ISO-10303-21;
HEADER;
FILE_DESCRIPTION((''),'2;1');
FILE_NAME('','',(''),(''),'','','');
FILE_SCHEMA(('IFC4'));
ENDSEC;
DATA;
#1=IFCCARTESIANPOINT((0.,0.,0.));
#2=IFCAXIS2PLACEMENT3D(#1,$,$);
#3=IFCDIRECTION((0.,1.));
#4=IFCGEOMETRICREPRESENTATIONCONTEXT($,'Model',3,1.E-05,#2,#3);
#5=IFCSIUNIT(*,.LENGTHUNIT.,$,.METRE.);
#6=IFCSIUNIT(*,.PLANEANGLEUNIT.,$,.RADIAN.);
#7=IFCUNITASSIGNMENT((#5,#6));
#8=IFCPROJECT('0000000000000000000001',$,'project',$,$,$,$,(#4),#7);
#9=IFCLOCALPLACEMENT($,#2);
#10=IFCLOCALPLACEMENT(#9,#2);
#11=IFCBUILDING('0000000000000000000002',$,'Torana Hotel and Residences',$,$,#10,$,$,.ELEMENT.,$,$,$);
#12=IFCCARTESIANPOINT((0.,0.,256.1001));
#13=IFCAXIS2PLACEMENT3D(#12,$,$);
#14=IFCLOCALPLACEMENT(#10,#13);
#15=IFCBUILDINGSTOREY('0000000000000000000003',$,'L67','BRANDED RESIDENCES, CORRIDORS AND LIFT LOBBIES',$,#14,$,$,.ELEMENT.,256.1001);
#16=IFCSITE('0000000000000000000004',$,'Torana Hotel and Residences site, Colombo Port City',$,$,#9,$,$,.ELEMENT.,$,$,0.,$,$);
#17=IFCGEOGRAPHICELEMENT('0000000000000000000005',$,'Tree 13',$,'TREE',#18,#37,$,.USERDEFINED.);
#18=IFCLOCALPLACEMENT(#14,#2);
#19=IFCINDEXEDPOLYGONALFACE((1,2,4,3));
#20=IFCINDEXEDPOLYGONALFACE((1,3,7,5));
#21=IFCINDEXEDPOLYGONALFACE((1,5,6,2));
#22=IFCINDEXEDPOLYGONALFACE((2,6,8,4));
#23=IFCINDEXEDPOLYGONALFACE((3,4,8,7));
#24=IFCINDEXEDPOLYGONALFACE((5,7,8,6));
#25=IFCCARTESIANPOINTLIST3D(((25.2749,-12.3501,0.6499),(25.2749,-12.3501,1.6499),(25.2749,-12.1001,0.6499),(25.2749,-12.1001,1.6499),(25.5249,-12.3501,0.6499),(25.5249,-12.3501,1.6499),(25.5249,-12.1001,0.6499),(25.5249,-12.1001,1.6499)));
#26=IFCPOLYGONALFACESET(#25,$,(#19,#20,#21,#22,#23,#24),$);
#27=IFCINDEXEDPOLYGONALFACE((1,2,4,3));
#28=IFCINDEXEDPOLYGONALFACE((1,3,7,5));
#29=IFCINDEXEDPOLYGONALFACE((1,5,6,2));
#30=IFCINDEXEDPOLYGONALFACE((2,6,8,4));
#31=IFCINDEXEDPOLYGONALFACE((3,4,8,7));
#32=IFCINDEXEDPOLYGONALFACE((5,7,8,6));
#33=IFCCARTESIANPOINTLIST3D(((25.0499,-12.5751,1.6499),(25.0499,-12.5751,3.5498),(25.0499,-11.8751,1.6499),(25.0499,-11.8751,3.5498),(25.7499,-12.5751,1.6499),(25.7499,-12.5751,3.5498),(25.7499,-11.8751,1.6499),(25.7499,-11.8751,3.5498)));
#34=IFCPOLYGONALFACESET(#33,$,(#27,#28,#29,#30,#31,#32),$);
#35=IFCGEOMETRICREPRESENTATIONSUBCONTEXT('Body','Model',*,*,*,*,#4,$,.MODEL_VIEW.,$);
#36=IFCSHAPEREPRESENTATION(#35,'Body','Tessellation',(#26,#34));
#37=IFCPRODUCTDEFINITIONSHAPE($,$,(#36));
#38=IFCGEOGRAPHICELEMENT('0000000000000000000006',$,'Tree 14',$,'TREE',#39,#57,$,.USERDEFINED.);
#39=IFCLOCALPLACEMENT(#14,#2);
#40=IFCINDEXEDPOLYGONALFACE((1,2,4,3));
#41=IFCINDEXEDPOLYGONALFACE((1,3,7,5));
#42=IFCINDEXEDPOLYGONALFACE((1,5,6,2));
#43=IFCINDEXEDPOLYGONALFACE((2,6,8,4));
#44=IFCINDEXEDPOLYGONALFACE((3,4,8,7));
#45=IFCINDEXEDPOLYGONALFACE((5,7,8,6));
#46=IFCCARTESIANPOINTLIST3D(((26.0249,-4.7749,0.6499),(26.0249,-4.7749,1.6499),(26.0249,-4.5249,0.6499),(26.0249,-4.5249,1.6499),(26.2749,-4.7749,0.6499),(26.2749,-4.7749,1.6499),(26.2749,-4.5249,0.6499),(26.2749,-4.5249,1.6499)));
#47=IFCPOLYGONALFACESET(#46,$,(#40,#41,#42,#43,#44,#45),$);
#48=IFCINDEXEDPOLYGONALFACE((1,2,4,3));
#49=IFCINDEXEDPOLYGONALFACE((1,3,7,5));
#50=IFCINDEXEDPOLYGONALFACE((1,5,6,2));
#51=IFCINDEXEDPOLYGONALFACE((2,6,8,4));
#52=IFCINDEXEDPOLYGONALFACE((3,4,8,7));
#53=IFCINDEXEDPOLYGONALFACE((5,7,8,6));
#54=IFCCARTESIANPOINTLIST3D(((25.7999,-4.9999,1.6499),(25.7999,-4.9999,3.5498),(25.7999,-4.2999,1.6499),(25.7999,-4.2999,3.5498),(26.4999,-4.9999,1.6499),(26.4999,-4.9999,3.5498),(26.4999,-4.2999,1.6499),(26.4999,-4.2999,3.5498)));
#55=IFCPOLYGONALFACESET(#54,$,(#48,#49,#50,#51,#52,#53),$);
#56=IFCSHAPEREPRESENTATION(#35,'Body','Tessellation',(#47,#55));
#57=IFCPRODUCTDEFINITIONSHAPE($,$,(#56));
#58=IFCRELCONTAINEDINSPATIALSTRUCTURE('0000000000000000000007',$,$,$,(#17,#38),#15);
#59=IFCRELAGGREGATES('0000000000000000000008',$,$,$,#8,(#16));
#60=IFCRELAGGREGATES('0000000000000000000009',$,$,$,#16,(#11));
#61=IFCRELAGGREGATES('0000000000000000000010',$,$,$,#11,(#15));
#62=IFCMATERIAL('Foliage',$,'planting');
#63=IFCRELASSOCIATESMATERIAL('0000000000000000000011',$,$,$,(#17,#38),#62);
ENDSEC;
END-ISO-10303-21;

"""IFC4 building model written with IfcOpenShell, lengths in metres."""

from ifc_helpers import new_model, si_unit, direction, frame, origin, origin_2d, place, context, subcontext, project, spatial, rectangle, extrude, material, element, save


model = new_model("IFC4")

# Units and contexts
model_context = context("Model", 3, precision=1e-05, world=origin(), true_north=direction((0.0, 1.0)))
body_context = subcontext(model_context, "Body", "Model", "MODEL_VIEW")
ifc_project = project(units=[si_unit("LENGTHUNIT", "METRE"), si_unit("PLANEANGLEUNIT", "RADIAN")], contexts=[model_context])

# Site, building, storey
site_placement = place(None, origin())
site = spatial("IfcSite", under=ifc_project, at=site_placement, Name="Torana Hotel and Residences site, Colombo Port City", CompositionType="ELEMENT", RefElevation=0.0)
building_placement = place(site_placement, origin())
building = spatial("IfcBuilding", under=site, at=building_placement, Name="Torana Hotel and Residences", CompositionType="ELEMENT")
storey_placement = place(building_placement, frame((0.0, 0.0, 256.1001)))
storey = spatial("IfcBuildingStorey", under=building, at=storey_placement, Name="L67", Description="BRANDED RESIDENCES, CORRIDORS AND LIFT LOBBIES", CompositionType="ELEMENT", Elevation=256.1001)

# Geographic elements
ifc_material_1 = material(Name="Foliage", Category="planting")
for number, where, z_axis, x_axis, name in (
    (1, (25.3999, -12.2251, 0.6499), (0.0, 0.0, 1.0), (1.0, 0.0, 0.0), "Tree 13"),
    (2, (26.1499, -4.6499, 0.6499), (0.0, 0.0, 1.0), (1.0, 0.0, 0.0), "Tree 14"),
):
    element("IfcGeographicElement", number, at=place(storey_placement, frame(where, z_axis=z_axis, x_axis=x_axis)), inside=storey, material=ifc_material_1, Name=name, ObjectType="TREE", PredefinedType="USERDEFINED", context=body_context, shape_type="SweptSolid", body=[
        extrude(rectangle(XDim=0.25, YDim=0.25, at=origin_2d()), origin(), (0.0, 0.0, 1.0), 1.0),
        extrude(rectangle(XDim=0.7, YDim=0.7, at=origin_2d()), frame((0.0, 0.0, 1.0)), (0.0, 0.0, 1.0), 1.8999),
    ])

save(model, "model.ifc")
